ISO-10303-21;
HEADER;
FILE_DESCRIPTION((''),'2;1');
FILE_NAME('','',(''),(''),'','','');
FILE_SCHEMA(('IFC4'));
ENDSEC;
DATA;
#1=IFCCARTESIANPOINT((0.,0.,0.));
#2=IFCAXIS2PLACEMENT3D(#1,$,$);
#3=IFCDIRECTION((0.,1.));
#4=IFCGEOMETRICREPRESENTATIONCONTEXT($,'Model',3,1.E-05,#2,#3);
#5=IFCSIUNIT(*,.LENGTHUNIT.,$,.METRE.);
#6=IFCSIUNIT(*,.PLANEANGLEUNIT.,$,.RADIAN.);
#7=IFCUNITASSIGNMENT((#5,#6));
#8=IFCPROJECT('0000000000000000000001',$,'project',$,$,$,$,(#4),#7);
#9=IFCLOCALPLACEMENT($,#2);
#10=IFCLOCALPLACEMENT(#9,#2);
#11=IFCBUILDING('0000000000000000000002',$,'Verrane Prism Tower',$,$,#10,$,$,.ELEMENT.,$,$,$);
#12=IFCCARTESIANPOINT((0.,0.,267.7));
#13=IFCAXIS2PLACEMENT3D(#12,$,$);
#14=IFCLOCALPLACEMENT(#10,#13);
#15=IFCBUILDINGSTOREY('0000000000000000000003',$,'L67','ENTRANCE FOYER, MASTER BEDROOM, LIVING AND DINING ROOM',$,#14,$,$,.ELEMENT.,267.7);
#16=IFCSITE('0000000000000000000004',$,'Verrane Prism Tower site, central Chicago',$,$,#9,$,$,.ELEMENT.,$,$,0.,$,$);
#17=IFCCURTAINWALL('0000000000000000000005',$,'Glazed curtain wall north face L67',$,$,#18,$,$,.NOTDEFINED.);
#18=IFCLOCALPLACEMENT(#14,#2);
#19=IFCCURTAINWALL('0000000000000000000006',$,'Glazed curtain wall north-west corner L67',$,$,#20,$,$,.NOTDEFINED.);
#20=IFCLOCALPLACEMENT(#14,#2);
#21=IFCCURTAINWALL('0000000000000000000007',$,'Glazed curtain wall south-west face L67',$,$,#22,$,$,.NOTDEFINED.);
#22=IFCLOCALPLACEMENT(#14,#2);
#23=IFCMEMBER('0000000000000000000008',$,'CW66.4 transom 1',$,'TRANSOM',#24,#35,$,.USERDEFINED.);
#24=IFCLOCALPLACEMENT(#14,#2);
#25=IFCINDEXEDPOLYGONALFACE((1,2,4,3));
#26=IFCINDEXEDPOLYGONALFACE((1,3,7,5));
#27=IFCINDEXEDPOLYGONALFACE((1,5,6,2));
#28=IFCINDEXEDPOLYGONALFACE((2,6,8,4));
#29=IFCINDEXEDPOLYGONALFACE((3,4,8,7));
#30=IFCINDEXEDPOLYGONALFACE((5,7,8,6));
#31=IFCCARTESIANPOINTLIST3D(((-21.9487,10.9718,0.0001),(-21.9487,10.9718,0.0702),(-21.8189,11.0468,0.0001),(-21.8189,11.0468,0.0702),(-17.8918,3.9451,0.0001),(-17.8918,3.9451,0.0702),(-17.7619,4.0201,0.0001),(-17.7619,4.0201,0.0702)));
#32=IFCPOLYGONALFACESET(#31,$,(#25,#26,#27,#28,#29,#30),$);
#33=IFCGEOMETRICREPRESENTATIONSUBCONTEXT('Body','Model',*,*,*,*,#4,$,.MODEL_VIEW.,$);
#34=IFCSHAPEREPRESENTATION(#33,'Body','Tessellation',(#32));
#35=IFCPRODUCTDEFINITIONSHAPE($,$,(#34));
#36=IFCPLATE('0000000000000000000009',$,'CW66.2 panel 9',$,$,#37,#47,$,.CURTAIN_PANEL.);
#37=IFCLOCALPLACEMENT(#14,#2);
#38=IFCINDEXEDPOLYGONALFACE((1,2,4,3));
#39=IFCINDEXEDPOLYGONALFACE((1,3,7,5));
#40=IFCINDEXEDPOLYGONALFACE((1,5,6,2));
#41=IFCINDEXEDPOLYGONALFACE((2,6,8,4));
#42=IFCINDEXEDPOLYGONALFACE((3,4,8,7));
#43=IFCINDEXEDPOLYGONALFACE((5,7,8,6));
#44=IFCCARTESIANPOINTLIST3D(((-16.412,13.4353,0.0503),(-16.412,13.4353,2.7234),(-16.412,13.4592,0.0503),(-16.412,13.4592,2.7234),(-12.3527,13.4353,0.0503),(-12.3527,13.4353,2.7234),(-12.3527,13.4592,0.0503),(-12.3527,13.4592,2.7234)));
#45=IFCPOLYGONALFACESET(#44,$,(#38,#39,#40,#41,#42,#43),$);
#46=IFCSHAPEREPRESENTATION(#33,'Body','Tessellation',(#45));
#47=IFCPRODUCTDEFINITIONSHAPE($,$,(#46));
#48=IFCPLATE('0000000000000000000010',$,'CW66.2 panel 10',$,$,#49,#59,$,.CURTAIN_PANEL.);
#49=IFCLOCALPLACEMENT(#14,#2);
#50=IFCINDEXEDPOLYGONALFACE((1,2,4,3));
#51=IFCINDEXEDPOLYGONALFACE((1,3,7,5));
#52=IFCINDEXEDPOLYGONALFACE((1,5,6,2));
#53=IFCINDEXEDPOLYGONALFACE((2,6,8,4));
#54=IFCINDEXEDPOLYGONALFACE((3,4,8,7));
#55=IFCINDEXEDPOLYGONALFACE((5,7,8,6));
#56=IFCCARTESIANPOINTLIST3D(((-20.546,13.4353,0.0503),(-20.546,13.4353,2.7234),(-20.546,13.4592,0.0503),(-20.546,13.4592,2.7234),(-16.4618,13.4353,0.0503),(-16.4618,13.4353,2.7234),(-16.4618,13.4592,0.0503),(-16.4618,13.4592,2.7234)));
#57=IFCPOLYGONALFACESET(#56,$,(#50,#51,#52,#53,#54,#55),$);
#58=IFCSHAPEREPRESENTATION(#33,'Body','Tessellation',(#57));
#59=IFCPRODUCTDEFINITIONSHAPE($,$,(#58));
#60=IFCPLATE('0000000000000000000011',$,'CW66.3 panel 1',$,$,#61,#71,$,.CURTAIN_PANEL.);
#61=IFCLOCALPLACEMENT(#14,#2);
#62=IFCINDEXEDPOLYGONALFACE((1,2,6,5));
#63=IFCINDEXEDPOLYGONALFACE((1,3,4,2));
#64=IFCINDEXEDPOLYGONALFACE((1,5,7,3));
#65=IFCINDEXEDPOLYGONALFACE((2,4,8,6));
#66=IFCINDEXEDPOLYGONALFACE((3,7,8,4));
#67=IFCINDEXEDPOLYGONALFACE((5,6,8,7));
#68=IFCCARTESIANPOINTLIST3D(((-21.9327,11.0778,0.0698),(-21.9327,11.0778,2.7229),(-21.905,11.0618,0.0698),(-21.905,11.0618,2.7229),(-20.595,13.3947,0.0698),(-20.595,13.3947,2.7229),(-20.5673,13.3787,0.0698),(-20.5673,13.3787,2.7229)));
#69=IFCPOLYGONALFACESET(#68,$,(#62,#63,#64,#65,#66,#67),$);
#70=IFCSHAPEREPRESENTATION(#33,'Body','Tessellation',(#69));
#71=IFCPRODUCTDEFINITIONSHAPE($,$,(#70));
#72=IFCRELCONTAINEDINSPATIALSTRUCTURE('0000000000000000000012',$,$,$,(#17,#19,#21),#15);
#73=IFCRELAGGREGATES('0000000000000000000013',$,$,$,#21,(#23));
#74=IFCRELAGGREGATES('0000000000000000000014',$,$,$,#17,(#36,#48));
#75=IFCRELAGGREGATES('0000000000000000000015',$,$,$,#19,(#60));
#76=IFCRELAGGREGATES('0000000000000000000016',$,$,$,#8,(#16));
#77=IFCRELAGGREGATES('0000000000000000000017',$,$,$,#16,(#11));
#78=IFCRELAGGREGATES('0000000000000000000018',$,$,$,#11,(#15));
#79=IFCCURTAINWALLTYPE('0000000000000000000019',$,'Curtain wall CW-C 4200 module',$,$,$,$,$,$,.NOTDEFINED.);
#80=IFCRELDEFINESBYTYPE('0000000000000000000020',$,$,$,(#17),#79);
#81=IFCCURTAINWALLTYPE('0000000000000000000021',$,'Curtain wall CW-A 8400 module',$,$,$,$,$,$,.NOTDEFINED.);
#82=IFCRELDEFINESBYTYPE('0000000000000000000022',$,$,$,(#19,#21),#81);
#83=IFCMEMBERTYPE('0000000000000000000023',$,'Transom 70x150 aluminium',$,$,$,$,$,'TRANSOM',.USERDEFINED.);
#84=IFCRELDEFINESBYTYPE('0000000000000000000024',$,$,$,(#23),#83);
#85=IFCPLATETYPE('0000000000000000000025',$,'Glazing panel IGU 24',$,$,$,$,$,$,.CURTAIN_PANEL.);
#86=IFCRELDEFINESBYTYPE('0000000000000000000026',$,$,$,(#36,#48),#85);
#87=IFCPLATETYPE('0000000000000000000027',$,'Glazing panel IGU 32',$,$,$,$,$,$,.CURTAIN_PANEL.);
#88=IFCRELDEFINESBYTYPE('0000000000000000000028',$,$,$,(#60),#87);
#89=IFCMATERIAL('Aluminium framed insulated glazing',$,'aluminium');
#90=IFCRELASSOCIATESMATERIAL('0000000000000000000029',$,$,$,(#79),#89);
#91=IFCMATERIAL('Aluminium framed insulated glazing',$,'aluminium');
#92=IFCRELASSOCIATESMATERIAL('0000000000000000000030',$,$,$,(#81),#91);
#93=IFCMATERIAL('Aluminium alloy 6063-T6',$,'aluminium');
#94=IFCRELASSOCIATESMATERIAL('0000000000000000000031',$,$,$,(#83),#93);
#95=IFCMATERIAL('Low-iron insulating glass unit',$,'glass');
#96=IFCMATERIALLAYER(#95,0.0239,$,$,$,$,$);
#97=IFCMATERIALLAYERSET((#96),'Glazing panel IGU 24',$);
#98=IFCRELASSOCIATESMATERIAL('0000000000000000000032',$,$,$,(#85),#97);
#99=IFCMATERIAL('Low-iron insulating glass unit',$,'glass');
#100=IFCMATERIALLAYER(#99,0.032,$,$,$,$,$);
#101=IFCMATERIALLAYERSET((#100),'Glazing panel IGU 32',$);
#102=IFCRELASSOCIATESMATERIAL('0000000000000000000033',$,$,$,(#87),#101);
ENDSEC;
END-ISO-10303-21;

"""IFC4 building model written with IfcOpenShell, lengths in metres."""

from ifc_helpers import new_model, si_unit, direction, frame, origin, origin_2d, place, context, subcontext, project, spatial, rectangle, extrude, material, layer, layer_set, material_profile, profile_set, type_object, element, aggregate, save


model = new_model("IFC4")

# Units and contexts
model_context = context("Model", 3, precision=1e-05, world=origin(), true_north=direction((0.0, 1.0)))
body_context = subcontext(model_context, "Body", "Model", "MODEL_VIEW")
ifc_project = project(units=[si_unit("LENGTHUNIT", "METRE"), si_unit("PLANEANGLEUNIT", "RADIAN")], contexts=[model_context])

# Site, building, storey
site_placement = place(None, origin())
site = spatial("IfcSite", under=ifc_project, at=site_placement, Name="Verrane Prism Tower site, central Chicago", CompositionType="ELEMENT", RefElevation=0.0)
building_placement = place(site_placement, origin())
building = spatial("IfcBuilding", under=site, at=building_placement, Name="Verrane Prism Tower", CompositionType="ELEMENT")
storey_placement = place(building_placement, frame((0.0, 0.0, 267.7)))
storey = spatial("IfcBuildingStorey", under=building, at=storey_placement, Name="L67", Description="ENTRANCE FOYER, MASTER BEDROOM, LIVING AND DINING ROOM", CompositionType="ELEMENT", Elevation=267.7)

# Curtain walls
ifc_material_1 = material(Name="Aluminium framed insulated glazing", Category="aluminium")
curtain_wall_type_1 = type_object("IfcCurtainWallType", Name="Curtain wall CW-C 4200 module", PredefinedType="NOTDEFINED", material=ifc_material_1)
curtain_wall_1_placement = place(storey_placement, origin())
curtain_wall_1 = element("IfcCurtainWall", 1, at=curtain_wall_1_placement, inside=storey, type_object=curtain_wall_type_1, Name="Glazed curtain wall north face L67", PredefinedType="NOTDEFINED")
ifc_material_2 = material(Name="Aluminium framed insulated glazing", Category="aluminium")
curtain_wall_type_2 = type_object("IfcCurtainWallType", Name="Curtain wall CW-A 8400 module", PredefinedType="NOTDEFINED", material=ifc_material_2)
curtain_wall_2_placement = place(storey_placement, origin())
curtain_wall_2 = element("IfcCurtainWall", 2, at=curtain_wall_2_placement, inside=storey, type_object=curtain_wall_type_2, Name="Glazed curtain wall north-west corner L67", PredefinedType="NOTDEFINED")
curtain_wall_3_placement = place(storey_placement, origin())
curtain_wall_3 = element("IfcCurtainWall", 3, at=curtain_wall_3_placement, inside=storey, type_object=curtain_wall_type_2, Name="Glazed curtain wall south-west face L67", PredefinedType="NOTDEFINED")

# Member
ifc_material_3 = material(Name="Aluminium alloy 6063-T6", Category="aluminium")
ifc_material_profile_1 = material_profile(ifc_material_3, rectangle(XDim=0.1499, YDim=0.0701, at=origin_2d()), Name="Transom 70x150 aluminium")
ifc_profile_set_1 = profile_set([ifc_material_profile_1], Name="Aluminium alloy 6063-T6")
member_type_1 = type_object("IfcMemberType", Name="Transom 70x150 aluminium", ElementType="TRANSOM", PredefinedType="USERDEFINED", material=ifc_profile_set_1)
member_1_placement = place(storey_placement, frame((-21.8838, 11.0093, 0.0352), z_axis=(0.500006, -0.866022, 0.0), x_axis=(0.866022, 0.500006, 0.0)))
member_1 = element("IfcMember", 4, at=member_1_placement, type_object=member_type_1, Name="CW66.4 transom 1", ObjectType="TRANSOM", PredefinedType="USERDEFINED", context=body_context, shape_type="SweptSolid", body=[
    extrude(rectangle(XDim=0.1499, YDim=0.0701, at=origin_2d()), origin(), (0.0, 0.0, 1.0), 8.1138),
])
aggregate(curtain_wall_3, [member_1])

# Plates
ifc_material_4 = material(Name="Low-iron insulating glass unit", Category="glass")
ifc_layer_1 = layer(ifc_material_4, 0.0239)
ifc_layer_set_1 = layer_set([ifc_layer_1], Name="Glazing panel IGU 24")
plate_type_1 = type_object("IfcPlateType", Name="Glazing panel IGU 24", PredefinedType="CURTAIN_PANEL", material=ifc_layer_set_1)
plate_1_placement = place(storey_placement, frame((-14.3823, 13.4473, 0.0503), z_axis=(0.0, 0.0, 1.0), x_axis=(-1.0, 0.0, 0.0)))
plate_1 = element("IfcPlate", 5, at=plate_1_placement, type_object=plate_type_1, Name="CW66.2 panel 9", PredefinedType="CURTAIN_PANEL", context=body_context, shape_type="SweptSolid", body=[
    extrude(rectangle(XDim=4.0593, YDim=0.0239, at=origin_2d()), origin(), (0.0, 0.0, 1.0), 2.6731),
])
plate_2_placement = place(storey_placement, frame((-18.5039, 13.4473, 0.0503), z_axis=(0.0, 0.0, 1.0), x_axis=(-1.0, 0.0, 0.0)))
plate_2 = element("IfcPlate", 6, at=plate_2_placement, type_object=plate_type_1, Name="CW66.2 panel 10", PredefinedType="CURTAIN_PANEL", context=body_context, shape_type="SweptSolid", body=[
    extrude(rectangle(XDim=4.0842, YDim=0.0239, at=origin_2d()), origin(), (0.0, 0.0, 1.0), 2.6731),
])
aggregate(curtain_wall_1, [plate_1, plate_2])
ifc_material_5 = material(Name="Low-iron insulating glass unit", Category="glass")
ifc_layer_2 = layer(ifc_material_5, 0.032)
ifc_layer_set_2 = layer_set([ifc_layer_2], Name="Glazing panel IGU 32")
plate_type_2 = type_object("IfcPlateType", Name="Glazing panel IGU 32", PredefinedType="CURTAIN_PANEL", material=ifc_layer_set_2)
plate_3_placement = place(storey_placement, frame((-21.25, 12.2283, 0.0698), z_axis=(0.0, 0.0, 1.0), x_axis=(-0.500002, -0.866024, 0.0)))
plate_3 = element("IfcPlate", 7, at=plate_3_placement, type_object=plate_type_2, Name="CW66.3 panel 1", PredefinedType="CURTAIN_PANEL", context=body_context, shape_type="SweptSolid", body=[
    extrude(rectangle(XDim=2.6753, YDim=0.032, at=origin_2d()), origin(), (0.0, 0.0, 1.0), 2.6531),
])
aggregate(curtain_wall_2, [plate_3])

save(model, "model.ifc")
